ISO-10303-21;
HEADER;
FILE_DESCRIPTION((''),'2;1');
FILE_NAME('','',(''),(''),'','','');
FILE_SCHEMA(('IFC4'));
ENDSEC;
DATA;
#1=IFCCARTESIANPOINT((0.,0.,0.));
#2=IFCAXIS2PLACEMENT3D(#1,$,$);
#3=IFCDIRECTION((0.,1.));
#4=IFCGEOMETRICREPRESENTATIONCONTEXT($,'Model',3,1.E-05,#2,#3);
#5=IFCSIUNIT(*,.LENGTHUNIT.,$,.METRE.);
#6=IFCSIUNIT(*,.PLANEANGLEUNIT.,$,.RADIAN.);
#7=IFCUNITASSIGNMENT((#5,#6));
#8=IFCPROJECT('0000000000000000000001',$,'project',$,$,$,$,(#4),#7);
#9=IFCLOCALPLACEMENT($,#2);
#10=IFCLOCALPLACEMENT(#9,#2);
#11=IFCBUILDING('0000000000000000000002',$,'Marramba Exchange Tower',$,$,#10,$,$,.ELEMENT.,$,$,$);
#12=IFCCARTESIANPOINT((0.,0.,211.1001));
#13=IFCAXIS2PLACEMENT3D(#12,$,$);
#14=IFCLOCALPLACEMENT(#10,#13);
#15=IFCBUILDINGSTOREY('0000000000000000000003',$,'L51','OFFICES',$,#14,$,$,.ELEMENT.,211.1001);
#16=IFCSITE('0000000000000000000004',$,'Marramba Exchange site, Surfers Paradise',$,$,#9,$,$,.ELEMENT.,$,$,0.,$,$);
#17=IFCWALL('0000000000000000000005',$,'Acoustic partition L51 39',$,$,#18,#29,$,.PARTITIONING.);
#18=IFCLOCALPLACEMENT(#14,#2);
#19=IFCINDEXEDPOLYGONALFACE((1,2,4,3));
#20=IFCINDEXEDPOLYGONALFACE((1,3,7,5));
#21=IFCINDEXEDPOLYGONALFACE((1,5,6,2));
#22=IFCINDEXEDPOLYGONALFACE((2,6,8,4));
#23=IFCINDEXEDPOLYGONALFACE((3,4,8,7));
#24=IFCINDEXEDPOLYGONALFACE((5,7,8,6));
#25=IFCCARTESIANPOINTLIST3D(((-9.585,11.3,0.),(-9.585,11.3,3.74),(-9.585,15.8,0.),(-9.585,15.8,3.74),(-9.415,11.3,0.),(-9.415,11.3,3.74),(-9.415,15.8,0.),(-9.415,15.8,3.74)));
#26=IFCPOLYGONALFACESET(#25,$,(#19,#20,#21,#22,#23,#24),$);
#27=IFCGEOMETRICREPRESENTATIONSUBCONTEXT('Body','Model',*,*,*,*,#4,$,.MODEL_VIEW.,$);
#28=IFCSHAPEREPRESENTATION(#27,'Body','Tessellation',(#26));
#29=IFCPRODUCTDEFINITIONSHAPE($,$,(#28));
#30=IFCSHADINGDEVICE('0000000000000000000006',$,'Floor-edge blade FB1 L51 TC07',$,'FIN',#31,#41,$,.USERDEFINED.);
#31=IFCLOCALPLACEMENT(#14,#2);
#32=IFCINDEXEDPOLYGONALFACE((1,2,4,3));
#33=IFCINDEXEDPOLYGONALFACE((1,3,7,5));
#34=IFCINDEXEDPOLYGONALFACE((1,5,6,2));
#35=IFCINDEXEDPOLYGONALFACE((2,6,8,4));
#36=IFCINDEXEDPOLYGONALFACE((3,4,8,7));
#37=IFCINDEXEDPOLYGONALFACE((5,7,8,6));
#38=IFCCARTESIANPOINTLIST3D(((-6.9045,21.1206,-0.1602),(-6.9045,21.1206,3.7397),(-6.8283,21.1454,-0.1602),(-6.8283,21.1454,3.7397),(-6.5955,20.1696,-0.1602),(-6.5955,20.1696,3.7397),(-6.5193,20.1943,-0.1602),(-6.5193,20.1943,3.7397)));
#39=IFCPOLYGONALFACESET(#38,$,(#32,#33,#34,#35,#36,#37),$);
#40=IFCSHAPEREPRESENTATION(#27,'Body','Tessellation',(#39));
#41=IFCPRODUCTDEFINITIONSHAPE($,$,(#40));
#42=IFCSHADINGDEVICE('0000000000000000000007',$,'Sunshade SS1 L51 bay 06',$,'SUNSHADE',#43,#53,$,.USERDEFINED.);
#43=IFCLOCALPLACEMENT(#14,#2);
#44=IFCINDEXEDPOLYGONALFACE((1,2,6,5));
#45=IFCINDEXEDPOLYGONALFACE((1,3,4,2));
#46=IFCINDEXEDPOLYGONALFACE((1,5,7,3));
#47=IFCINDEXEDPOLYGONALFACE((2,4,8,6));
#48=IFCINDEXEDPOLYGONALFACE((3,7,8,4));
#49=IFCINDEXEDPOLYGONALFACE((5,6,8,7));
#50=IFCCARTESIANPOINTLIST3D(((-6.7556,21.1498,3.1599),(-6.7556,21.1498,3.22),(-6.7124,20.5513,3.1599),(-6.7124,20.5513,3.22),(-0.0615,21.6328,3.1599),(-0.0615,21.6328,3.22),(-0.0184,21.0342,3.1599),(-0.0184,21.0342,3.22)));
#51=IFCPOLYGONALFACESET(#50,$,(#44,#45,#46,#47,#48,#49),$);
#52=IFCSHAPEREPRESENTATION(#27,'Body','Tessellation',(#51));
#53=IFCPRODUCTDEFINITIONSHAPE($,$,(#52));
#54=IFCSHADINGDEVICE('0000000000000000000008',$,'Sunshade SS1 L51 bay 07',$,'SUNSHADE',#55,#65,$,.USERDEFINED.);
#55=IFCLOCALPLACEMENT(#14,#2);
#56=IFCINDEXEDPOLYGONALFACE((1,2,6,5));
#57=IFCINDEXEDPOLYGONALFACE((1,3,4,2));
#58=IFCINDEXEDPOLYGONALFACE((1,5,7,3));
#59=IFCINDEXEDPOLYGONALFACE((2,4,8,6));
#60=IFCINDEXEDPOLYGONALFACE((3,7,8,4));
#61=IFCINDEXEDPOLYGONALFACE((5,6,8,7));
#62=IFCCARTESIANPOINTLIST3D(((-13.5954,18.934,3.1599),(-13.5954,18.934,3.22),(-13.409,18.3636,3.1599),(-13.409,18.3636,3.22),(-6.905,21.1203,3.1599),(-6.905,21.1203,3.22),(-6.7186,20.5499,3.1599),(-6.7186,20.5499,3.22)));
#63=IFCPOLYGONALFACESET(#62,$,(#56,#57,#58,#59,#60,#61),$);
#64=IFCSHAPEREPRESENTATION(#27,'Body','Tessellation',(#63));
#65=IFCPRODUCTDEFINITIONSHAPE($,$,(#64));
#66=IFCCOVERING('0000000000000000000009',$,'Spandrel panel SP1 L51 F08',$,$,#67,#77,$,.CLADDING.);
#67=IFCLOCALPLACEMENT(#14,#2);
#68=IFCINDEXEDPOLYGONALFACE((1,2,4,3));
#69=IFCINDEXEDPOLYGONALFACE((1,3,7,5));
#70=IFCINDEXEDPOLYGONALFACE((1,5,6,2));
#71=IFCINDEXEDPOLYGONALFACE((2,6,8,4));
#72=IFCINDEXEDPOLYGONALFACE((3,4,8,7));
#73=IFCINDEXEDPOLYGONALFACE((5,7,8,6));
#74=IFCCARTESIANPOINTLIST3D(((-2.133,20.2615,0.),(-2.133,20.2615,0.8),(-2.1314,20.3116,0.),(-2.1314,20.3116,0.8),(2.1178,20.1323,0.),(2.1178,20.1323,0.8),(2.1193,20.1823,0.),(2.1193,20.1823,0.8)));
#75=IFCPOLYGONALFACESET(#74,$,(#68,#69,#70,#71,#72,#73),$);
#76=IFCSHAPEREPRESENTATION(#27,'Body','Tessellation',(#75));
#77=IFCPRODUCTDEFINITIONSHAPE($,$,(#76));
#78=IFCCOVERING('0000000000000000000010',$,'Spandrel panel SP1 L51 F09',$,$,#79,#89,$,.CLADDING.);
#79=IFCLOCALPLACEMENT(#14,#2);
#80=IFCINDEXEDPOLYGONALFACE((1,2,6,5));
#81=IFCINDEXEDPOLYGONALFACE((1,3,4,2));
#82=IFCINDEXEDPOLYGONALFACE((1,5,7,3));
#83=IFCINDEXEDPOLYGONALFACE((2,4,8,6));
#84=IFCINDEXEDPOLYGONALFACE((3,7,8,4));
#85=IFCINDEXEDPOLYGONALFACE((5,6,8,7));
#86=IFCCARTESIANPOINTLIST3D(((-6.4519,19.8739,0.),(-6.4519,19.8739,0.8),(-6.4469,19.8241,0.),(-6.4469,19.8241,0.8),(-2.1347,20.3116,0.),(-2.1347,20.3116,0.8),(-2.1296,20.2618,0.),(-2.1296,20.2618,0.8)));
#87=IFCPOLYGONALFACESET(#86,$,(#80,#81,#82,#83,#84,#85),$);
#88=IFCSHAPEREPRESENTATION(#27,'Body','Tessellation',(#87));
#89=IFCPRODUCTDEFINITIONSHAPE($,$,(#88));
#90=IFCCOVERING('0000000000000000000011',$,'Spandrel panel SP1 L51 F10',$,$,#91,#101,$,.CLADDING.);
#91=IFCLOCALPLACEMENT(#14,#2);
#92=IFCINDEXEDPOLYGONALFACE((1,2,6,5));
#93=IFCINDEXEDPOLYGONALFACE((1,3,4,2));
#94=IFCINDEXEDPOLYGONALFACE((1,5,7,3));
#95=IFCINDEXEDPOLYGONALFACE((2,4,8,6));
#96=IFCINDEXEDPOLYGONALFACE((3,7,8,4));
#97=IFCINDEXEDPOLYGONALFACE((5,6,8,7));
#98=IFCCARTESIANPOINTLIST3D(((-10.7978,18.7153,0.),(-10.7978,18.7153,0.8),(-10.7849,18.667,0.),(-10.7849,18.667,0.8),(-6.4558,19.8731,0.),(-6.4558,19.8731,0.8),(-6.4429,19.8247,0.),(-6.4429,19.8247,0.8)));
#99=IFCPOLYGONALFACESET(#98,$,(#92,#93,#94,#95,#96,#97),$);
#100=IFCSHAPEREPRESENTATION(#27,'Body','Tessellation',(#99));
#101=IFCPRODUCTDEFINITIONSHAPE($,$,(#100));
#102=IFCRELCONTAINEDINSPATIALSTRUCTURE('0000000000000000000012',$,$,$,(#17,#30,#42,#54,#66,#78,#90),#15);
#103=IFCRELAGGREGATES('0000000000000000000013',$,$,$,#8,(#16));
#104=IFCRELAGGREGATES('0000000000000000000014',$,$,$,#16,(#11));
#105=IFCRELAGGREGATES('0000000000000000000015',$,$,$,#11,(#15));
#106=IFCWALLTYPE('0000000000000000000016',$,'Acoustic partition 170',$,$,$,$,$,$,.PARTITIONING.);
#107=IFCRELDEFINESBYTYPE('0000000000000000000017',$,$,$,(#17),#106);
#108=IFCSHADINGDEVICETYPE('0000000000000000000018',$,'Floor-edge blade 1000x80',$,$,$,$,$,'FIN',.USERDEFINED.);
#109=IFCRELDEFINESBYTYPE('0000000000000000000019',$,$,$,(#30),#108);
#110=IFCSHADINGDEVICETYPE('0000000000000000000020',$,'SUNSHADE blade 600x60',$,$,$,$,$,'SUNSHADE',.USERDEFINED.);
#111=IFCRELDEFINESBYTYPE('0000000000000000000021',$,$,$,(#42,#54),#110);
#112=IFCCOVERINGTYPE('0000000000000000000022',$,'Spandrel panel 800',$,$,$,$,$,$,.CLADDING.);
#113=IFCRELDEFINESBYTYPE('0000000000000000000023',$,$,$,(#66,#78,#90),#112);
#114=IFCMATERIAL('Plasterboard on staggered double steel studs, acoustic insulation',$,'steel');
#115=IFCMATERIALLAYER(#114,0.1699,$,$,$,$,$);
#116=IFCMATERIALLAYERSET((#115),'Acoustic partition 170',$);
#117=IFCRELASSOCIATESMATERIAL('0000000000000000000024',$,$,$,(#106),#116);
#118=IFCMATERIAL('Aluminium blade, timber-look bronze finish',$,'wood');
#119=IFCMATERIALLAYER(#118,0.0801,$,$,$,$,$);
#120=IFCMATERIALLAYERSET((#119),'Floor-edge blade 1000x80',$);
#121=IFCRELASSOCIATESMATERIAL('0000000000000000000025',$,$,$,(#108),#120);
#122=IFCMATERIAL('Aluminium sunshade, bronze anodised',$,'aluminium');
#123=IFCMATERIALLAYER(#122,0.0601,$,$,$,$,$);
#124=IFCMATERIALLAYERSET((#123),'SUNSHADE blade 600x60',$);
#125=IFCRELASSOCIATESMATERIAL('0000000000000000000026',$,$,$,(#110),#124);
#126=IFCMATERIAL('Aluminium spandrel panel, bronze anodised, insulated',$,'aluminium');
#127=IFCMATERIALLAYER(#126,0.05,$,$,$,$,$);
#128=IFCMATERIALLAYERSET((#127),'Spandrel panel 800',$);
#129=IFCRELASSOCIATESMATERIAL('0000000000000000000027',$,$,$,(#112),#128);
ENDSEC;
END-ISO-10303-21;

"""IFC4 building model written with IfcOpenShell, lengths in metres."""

from ifc_helpers import new_model, si_unit, direction, frame, frame_2d, origin, origin_2d, place, context, subcontext, project, spatial, rectangle, extrude, material, layer, layer_set, type_object, element, save


model = new_model("IFC4")

# Units and contexts
model_context = context("Model", 3, precision=1e-05, world=origin(), true_north=direction((0.0, 1.0)))
body_context = subcontext(model_context, "Body", "Model", "MODEL_VIEW")
ifc_project = project(units=[si_unit("LENGTHUNIT", "METRE"), si_unit("PLANEANGLEUNIT", "RADIAN")], contexts=[model_context])

# Site, building, storey
site_placement = place(None, origin())
site = spatial("IfcSite", under=ifc_project, at=site_placement, Name="Marramba Exchange site, Surfers Paradise", CompositionType="ELEMENT", RefElevation=0.0)
building_placement = place(site_placement, origin())
building = spatial("IfcBuilding", under=site, at=building_placement, Name="Marramba Exchange Tower", CompositionType="ELEMENT")
storey_placement = place(building_placement, frame((0.0, 0.0, 211.1001)))
storey = spatial("IfcBuildingStorey", under=building, at=storey_placement, Name="L51", Description="OFFICES", CompositionType="ELEMENT", Elevation=211.1001)

# Shared definitions
ifc_material_1 = material(Name="Plasterboard on staggered double steel studs, acoustic insulation", Category="steel")
ifc_layer_1 = layer(ifc_material_1, 0.1699)
ifc_layer_set_1 = layer_set([ifc_layer_1], Name="Acoustic partition 170")
wall_type = type_object("IfcWallType", Name="Acoustic partition 170", PredefinedType="PARTITIONING", material=ifc_layer_set_1)

# Wall
wall_1_placement = place(storey_placement, frame((-9.5, 15.8, 0.0), z_axis=(0.0, 0.0, 1.0), x_axis=(0.0, -1.0, 0.0)))
element("IfcWall", 1, at=wall_1_placement, inside=storey, type_object=wall_type, Name="Acoustic partition L51 39", PredefinedType="PARTITIONING", context=body_context, shape_type="SweptSolid", body=[
    extrude(rectangle(XDim=4.5, YDim=0.1699, at=frame_2d((2.25, 0.0))), origin(), (0.0, 0.0, 1.0), 3.74),
])

# Shading devices
ifc_material_2 = material(Name="Aluminium blade, timber-look bronze finish", Category="wood")
ifc_layer_2 = layer(ifc_material_2, 0.0801)
ifc_layer_set_2 = layer_set([ifc_layer_2], Name="Floor-edge blade 1000x80")
shading_device_type_1 = type_object("IfcShadingDeviceType", Name="Floor-edge blade 1000x80", ElementType="FIN", PredefinedType="USERDEFINED", material=ifc_layer_set_2)
shading_device_1_placement = place(storey_placement, frame((-6.7119, 20.6575, -0.1602), z_axis=(0.0, 0.0, 1.0), x_axis=(-0.309017, 0.951057, 0.0)))
element("IfcShadingDevice", 2, at=shading_device_1_placement, inside=storey, type_object=shading_device_type_1, Name="Floor-edge blade FB1 L51 TC07", ObjectType="FIN", PredefinedType="USERDEFINED", context=body_context, shape_type="SweptSolid", body=[
    extrude(rectangle(XDim=1.0, YDim=0.0801, at=origin_2d()), origin(), (0.0, 0.0, 1.0), 3.8999),
])
ifc_material_3 = material(Name="Aluminium sunshade, bronze anodised", Category="aluminium")
ifc_layer_3 = layer(ifc_material_3, 0.0601)
ifc_layer_set_3 = layer_set([ifc_layer_3], Name="SUNSHADE blade 600x60")
shading_device_type_2 = type_object("IfcShadingDeviceType", Name="SUNSHADE blade 600x60", ElementType="SUNSHADE", PredefinedType="USERDEFINED", material=ifc_layer_set_3)
shading_device_2_placement = place(storey_placement, frame((-3.387, 21.092, 3.1599), z_axis=(0.0, 0.0, 1.0), x_axis=(-0.997408, -0.071958, 0.0)))
element("IfcShadingDevice", 3, at=shading_device_2_placement, inside=storey, type_object=shading_device_type_2, Name="Sunshade SS1 L51 bay 06", ObjectType="SUNSHADE", PredefinedType="USERDEFINED", context=body_context, shape_type="SweptSolid", body=[
    extrude(rectangle(XDim=6.7114, YDim=0.6001, at=origin_2d()), origin(), (0.0, 0.0, 1.0), 0.0601),
])
shading_device_3_placement = place(storey_placement, frame((-10.157, 19.7419, 3.1599), z_axis=(0.0, 0.0, 1.0), x_axis=(-0.950538, -0.31061, 0.0)))
element("IfcShadingDevice", 4, at=shading_device_3_placement, inside=storey, type_object=shading_device_type_2, Name="Sunshade SS1 L51 bay 07", ObjectType="SUNSHADE", PredefinedType="USERDEFINED", context=body_context, shape_type="SweptSolid", body=[
    extrude(rectangle(XDim=7.0386, YDim=0.6001, at=origin_2d()), origin(), (0.0, 0.0, 1.0), 0.0601),
])

# Coverings
ifc_material_4 = material(Name="Aluminium spandrel panel, bronze anodised, insulated", Category="aluminium")
ifc_layer_4 = layer(ifc_material_4, 0.05)
ifc_layer_set_4 = layer_set([ifc_layer_4], Name="Spandrel panel 800")
covering_type = type_object("IfcCoveringType", Name="Spandrel panel 800", PredefinedType="CLADDING", material=ifc_layer_set_4)
covering_1_placement = place(storey_placement, frame((-0.0068, 20.2219, 0.0), z_axis=(0.0, 0.0, 1.0), x_axis=(-0.999538, 0.030394, 0.0)))
element("IfcCovering", 5, at=covering_1_placement, inside=storey, type_object=covering_type, Name="Spandrel panel SP1 L51 F08", PredefinedType="CLADDING", context=body_context, shape_type="SweptSolid", body=[
    extrude(rectangle(XDim=4.2527, YDim=0.05, at=origin_2d()), origin(), (0.0, 0.0, 1.0), 0.8),
])
covering_2_placement = place(storey_placement, frame((-4.2908, 20.0679, 0.0), z_axis=(0.0, 0.0, 1.0), x_axis=(-0.9949, -0.100863, 0.0)))
element("IfcCovering", 6, at=covering_2_placement, inside=storey, type_object=covering_type, Name="Spandrel panel SP1 L51 F09", PredefinedType="CLADDING", context=body_context, shape_type="SweptSolid", body=[
    extrude(rectangle(XDim=4.3394, YDim=0.05, at=origin_2d()), origin(), (0.0, 0.0, 1.0), 0.8),
])
covering_3_placement = place(storey_placement, frame((-8.6204, 19.27, 0.0), z_axis=(0.0, 0.0, 1.0), x_axis=(-0.966241, -0.257641, 0.0)))
element("IfcCovering", 7, at=covering_3_placement, inside=storey, type_object=covering_type, Name="Spandrel panel SP1 L51 F10", PredefinedType="CLADDING", context=body_context, shape_type="SweptSolid", body=[
    extrude(rectangle(XDim=4.4937, YDim=0.05, at=origin_2d()), origin(), (0.0, 0.0, 1.0), 0.8),
])

save(model, "model.ifc")
